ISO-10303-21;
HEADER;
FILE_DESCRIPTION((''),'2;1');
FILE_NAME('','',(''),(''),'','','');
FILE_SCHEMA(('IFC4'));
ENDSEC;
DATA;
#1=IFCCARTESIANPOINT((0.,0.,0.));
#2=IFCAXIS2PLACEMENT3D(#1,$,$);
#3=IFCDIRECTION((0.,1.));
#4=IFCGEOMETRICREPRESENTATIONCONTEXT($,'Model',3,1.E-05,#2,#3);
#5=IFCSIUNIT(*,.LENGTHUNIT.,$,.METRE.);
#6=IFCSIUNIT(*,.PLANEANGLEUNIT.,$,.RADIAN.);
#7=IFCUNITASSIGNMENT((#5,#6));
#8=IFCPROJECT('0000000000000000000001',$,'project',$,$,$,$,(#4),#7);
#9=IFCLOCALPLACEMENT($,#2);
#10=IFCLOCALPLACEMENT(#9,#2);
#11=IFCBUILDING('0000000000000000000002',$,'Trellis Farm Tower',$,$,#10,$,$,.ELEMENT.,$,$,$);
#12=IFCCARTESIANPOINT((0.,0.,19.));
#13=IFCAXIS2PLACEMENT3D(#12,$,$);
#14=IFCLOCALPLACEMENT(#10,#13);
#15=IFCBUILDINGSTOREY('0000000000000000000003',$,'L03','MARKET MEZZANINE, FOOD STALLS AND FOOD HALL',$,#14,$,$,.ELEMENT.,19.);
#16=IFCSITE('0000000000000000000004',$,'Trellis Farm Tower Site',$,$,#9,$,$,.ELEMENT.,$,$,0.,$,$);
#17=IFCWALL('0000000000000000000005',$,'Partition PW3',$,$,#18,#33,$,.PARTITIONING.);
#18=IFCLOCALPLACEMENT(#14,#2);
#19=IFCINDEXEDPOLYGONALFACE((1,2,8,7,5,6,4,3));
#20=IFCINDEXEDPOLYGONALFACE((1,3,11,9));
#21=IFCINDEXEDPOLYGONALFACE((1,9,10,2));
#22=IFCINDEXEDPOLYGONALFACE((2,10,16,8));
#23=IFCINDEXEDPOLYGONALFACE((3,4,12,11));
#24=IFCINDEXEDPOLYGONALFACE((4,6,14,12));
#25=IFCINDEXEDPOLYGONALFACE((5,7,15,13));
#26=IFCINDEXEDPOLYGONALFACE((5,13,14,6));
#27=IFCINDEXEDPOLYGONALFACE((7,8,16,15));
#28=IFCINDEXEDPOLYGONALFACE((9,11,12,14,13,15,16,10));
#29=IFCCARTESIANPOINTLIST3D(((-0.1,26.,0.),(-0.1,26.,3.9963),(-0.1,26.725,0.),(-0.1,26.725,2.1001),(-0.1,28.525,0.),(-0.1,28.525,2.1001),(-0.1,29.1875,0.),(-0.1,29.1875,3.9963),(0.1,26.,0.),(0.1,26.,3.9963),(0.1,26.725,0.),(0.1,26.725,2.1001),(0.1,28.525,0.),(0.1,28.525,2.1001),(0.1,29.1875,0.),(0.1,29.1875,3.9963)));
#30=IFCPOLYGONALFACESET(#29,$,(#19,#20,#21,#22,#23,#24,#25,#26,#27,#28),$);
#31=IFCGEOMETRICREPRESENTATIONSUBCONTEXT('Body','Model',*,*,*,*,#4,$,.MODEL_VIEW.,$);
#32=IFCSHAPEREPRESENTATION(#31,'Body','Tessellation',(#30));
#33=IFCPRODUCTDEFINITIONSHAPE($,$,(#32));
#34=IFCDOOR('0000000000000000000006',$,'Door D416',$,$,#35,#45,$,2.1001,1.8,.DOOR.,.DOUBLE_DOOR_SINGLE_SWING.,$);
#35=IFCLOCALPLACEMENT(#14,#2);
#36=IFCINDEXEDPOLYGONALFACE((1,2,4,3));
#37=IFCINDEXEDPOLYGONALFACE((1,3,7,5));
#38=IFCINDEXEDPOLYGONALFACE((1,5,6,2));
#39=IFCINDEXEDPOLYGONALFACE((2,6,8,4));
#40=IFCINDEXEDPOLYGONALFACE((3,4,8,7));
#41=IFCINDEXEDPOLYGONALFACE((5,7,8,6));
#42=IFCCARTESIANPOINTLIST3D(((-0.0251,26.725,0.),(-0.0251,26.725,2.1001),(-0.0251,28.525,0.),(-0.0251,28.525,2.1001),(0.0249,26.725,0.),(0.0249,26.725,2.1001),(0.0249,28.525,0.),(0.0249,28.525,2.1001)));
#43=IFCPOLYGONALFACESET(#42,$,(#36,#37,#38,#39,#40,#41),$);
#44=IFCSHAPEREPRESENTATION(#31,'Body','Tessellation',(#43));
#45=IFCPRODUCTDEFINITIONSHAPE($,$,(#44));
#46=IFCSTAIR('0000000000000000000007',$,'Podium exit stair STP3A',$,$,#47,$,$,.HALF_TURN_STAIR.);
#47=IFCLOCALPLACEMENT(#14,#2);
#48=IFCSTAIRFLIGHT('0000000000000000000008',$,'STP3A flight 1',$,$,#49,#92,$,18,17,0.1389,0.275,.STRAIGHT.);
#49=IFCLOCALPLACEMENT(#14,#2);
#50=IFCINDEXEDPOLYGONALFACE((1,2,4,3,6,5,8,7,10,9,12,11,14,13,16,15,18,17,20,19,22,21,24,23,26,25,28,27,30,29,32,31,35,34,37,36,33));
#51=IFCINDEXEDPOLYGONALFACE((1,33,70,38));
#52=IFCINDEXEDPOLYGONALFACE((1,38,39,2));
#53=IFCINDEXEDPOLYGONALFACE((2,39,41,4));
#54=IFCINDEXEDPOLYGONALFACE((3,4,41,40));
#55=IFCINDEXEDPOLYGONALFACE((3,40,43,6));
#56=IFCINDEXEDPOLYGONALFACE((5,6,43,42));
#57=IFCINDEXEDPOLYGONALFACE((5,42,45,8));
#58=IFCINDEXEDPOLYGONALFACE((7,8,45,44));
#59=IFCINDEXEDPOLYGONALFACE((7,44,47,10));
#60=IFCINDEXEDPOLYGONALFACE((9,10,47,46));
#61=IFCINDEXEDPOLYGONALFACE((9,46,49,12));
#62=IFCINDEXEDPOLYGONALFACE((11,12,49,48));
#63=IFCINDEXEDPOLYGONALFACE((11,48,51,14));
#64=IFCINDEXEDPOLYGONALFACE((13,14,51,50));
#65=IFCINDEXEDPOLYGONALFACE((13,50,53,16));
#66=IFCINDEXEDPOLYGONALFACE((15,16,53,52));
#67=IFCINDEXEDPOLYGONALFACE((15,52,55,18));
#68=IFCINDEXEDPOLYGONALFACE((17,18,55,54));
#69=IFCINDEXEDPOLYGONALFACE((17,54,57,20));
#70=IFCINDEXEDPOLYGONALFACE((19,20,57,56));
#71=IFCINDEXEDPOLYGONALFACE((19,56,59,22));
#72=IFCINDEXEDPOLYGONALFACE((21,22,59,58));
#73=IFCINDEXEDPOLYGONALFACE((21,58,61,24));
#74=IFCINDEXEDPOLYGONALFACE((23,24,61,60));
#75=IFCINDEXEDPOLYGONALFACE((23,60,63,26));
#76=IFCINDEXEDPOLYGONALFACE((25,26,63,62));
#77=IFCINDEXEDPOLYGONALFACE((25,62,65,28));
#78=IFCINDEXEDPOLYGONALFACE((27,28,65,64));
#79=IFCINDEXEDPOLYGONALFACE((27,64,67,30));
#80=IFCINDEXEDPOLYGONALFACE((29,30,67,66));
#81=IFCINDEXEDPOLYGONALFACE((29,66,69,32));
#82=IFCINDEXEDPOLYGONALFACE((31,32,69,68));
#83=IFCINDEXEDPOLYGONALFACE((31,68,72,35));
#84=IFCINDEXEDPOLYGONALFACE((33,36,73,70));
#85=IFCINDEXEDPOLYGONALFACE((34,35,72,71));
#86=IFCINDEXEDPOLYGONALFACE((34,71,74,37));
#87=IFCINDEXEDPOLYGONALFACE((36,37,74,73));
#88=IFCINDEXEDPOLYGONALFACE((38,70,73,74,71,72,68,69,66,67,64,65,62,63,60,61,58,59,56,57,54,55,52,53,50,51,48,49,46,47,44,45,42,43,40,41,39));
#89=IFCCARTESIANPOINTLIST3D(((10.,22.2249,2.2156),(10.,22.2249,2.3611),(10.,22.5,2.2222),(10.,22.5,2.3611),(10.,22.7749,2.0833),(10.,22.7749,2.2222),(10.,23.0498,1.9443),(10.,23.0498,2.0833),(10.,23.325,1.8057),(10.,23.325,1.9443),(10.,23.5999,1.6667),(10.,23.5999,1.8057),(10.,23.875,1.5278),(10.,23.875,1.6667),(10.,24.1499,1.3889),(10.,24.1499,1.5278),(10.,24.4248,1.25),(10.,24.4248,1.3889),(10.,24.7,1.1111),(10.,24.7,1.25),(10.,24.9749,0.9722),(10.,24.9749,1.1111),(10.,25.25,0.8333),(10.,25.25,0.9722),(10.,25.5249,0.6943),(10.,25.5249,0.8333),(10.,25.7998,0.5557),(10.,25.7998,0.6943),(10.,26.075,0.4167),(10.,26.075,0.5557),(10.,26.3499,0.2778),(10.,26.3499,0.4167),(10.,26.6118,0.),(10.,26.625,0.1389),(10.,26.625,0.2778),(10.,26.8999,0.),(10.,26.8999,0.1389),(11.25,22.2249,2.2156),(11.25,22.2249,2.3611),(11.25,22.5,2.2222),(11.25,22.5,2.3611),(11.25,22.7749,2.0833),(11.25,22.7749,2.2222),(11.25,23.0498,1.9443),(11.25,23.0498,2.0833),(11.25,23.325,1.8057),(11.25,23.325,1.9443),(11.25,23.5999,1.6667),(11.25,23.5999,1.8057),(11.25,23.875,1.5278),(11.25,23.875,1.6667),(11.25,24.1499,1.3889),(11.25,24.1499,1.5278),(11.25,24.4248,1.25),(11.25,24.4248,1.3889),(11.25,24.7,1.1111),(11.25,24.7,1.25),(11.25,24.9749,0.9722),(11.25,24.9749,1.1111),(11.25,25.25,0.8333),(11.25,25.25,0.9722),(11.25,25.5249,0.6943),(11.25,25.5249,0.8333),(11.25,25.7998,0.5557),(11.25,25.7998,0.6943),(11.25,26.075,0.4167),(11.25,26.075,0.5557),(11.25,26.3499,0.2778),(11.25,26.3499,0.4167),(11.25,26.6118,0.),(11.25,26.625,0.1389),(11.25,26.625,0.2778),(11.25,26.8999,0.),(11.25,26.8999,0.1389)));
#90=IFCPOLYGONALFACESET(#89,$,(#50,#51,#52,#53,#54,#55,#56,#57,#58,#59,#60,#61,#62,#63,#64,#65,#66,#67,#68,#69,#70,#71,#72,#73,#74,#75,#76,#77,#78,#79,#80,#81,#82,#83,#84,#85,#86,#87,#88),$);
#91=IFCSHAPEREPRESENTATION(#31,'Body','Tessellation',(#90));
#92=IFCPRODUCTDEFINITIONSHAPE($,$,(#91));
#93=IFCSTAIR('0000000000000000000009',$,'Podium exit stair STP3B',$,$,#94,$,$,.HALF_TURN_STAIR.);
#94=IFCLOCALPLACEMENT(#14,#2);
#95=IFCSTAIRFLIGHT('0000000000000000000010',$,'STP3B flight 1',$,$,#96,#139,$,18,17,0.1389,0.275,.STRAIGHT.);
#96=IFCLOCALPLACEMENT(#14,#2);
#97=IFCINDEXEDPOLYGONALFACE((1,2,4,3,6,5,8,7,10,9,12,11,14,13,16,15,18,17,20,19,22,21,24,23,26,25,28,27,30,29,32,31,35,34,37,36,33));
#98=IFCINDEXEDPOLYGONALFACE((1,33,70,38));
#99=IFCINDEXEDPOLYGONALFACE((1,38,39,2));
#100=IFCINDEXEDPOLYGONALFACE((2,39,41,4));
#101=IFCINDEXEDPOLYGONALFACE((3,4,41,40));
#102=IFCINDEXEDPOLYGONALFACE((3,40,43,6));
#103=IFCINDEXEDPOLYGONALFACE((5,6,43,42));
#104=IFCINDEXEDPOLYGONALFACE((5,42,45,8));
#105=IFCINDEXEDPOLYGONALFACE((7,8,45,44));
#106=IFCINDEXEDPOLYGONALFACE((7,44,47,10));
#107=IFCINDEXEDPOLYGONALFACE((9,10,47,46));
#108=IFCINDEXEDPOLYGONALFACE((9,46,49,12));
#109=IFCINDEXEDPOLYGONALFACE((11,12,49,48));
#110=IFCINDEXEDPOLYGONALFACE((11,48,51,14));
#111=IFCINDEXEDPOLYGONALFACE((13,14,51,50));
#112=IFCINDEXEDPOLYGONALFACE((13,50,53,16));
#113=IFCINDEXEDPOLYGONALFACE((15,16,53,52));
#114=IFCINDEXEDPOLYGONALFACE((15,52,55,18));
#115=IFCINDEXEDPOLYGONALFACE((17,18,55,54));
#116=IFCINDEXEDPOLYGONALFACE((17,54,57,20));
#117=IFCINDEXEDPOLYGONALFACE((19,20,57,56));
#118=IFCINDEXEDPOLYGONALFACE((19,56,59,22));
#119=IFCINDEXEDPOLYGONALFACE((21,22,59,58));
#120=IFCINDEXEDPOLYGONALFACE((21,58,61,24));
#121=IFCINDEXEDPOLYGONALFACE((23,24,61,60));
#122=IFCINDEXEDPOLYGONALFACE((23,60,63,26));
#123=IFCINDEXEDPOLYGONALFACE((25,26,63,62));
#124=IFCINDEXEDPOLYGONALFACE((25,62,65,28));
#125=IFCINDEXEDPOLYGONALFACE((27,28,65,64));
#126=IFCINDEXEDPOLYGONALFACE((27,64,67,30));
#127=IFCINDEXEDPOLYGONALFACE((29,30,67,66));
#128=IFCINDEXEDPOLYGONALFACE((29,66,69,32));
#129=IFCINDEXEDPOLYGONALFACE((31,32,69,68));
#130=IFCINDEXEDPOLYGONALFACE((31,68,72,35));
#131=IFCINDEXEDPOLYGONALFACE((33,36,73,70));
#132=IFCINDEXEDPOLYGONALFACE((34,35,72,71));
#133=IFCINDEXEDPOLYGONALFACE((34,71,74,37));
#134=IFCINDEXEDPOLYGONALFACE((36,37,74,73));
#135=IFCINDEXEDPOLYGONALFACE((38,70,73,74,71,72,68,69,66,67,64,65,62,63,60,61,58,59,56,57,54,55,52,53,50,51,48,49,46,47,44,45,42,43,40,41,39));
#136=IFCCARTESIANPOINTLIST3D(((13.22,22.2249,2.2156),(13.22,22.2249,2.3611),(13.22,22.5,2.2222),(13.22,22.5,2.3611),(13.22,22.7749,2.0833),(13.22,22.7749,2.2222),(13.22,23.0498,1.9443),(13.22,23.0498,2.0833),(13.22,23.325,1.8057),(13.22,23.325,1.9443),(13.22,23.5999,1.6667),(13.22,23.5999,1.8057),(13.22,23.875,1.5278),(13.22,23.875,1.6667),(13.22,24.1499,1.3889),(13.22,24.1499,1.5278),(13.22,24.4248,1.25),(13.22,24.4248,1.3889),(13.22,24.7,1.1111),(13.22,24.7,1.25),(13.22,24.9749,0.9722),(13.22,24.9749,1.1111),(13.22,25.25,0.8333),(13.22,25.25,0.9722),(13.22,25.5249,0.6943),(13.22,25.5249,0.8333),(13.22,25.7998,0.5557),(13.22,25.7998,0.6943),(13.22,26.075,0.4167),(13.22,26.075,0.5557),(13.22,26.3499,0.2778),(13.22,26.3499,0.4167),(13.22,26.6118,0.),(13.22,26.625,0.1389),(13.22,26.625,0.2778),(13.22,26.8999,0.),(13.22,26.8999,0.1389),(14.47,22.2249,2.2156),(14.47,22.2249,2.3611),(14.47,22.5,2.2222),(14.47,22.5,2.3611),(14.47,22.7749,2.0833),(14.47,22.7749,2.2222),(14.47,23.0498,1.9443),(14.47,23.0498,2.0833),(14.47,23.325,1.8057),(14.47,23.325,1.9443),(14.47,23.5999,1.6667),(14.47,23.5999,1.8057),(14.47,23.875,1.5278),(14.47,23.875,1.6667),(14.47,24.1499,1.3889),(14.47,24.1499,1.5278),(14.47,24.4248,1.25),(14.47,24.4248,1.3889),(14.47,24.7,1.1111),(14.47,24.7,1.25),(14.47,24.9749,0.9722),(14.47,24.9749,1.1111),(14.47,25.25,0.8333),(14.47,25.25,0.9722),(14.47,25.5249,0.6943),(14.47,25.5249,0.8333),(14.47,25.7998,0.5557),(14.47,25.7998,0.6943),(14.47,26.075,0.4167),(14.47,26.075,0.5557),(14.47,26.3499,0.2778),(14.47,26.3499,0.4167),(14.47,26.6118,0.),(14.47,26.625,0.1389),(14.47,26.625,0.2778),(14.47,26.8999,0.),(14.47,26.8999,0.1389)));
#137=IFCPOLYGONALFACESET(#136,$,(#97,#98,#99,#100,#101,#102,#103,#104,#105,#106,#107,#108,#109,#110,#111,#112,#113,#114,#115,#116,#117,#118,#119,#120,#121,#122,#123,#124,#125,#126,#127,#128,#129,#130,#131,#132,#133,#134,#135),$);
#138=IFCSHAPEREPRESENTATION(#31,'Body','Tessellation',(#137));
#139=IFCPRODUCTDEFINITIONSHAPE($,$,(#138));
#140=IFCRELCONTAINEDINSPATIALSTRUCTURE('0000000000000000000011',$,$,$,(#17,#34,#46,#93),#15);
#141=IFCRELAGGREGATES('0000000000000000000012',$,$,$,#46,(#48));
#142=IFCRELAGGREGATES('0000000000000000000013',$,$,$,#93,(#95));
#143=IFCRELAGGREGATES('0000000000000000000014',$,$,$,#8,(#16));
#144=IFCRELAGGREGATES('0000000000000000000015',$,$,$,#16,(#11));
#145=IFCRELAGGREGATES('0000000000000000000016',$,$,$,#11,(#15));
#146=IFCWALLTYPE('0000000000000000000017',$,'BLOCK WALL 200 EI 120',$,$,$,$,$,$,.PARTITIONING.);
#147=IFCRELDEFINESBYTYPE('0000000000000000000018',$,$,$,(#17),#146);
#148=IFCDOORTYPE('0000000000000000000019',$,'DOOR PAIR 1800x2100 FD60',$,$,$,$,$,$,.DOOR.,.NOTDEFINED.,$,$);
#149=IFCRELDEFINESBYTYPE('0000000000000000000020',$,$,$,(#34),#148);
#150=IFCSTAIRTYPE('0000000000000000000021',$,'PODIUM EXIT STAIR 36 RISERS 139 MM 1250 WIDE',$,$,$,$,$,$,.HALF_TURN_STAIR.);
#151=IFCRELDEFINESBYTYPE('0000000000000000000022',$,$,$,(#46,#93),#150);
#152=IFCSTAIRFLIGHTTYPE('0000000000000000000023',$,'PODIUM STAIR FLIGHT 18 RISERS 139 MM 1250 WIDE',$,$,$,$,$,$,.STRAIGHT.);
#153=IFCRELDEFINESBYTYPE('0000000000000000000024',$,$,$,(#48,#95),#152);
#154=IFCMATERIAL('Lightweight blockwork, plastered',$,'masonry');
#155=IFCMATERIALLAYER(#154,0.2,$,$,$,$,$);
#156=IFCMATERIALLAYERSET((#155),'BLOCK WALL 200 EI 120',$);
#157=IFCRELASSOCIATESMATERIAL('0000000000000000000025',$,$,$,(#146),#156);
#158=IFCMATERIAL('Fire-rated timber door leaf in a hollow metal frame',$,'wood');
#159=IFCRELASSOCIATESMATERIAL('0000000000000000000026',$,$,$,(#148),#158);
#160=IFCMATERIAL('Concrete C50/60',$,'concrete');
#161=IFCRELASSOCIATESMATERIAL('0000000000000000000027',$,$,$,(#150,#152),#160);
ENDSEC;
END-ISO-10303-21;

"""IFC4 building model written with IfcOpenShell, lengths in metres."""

from ifc_helpers import new_model, si_unit, direction, frame, frame_2d, origin, place, context, subcontext, project, spatial, polyline, rectangle, outline, extrude, source, transform, mapped, material, layer, layer_set, type_object, element, fill, aggregate, save


model = new_model("IFC4")

# Units and contexts
model_context = context("Model", 3, precision=1e-05, world=origin(), true_north=direction((0.0, 1.0)))
body_context = subcontext(model_context, "Body", "Model", "MODEL_VIEW")
ifc_project = project(units=[si_unit("LENGTHUNIT", "METRE"), si_unit("PLANEANGLEUNIT", "RADIAN")], contexts=[model_context])

# Site, building, storey
site_placement = place(None, origin())
site = spatial("IfcSite", under=ifc_project, at=site_placement, Name="Trellis Farm Tower Site", CompositionType="ELEMENT", RefElevation=0.0)
building_placement = place(site_placement, origin())
building = spatial("IfcBuilding", under=site, at=building_placement, Name="Trellis Farm Tower", CompositionType="ELEMENT")
storey_placement = place(building_placement, frame((0.0, 0.0, 19.0)))
storey = spatial("IfcBuildingStorey", under=building, at=storey_placement, Name="L03", Description="MARKET MEZZANINE, FOOD STALLS AND FOOD HALL", CompositionType="ELEMENT", Elevation=19.0)

# Shared definitions
shared_shape_1 = source(origin(), body_context, "Body", "SweptSolid", [
    extrude(rectangle(XDim=1.8, YDim=2.1001, at=frame_2d((0.8999, 1.05))), frame((0.0, 0.0249, 0.0), z_axis=(0.0, -1.0, 0.0), x_axis=(1.0, 0.0, 0.0)), (0.0, 0.0, 1.0), 0.05),
])

# Shared definitions
ifc_material_1 = material(Name="Lightweight blockwork, plastered", Category="masonry")
ifc_layer_1 = layer(ifc_material_1, 0.2)
ifc_layer_set_1 = layer_set([ifc_layer_1], Name="BLOCK WALL 200 EI 120")
wall_type_1 = type_object("IfcWallType", Name="BLOCK WALL 200 EI 120", PredefinedType="PARTITIONING", material=ifc_layer_set_1)

# Shared definitions
shared_shape_2 = source(origin(), body_context, "Body", "SweptSolid", [
    extrude(rectangle(XDim=1.8, YDim=2.1001, at=frame_2d((0.8999, 1.05))), frame((0.0, 0.1101, 0.0), z_axis=(0.0, -1.0, 0.0), x_axis=(1.0, 0.0, 0.0)), (0.0, 0.0, 1.0), 0.2202),
])
ifc_material_2 = material(Name="Fire-rated timber door leaf in a hollow metal frame", Category="wood")

# Wall, opening, door
shared_shape_3 = source(origin(), body_context, "Body", "SweptSolid", [
    extrude(rectangle(XDim=3.1875, YDim=0.2, at=frame_2d((1.5938, 0.0))), origin(), (0.0, 0.0, 1.0), 3.9963),
])
wall_1_placement = place(storey_placement, frame((0.0, 29.1875, 0.0), z_axis=(0.0, 0.0, 1.0), x_axis=(0.0, -1.0, 0.0)))
wall_1 = element("IfcWall", 1, at=wall_1_placement, inside=storey, type_object=wall_type_1, Name="Partition PW3", PredefinedType="PARTITIONING", context=body_context, shape_type="MappedRepresentation", body=[
    mapped(shared_shape_3, transform((0.0, 0.0, 0.0))),
])
opening_1_placement = place(wall_1_placement, frame((0.6626, 0.0, 0.0)))
opening_1 = element("IfcOpeningElement", 2, at=opening_1_placement, cuts=wall_1, PredefinedType="OPENING", context=body_context, shape_type="MappedRepresentation", body=[
    mapped(shared_shape_2, transform((0.0, 0.0, 0.0))),
])
door_type_1 = type_object("IfcDoorType", Name="DOOR PAIR 1800x2100 FD60", OperationType="NOTDEFINED", PredefinedType="DOOR", material=ifc_material_2)
door_1_placement = place(opening_1_placement, origin())
door_1 = element("IfcDoor", 3, at=door_1_placement, inside=storey, type_object=door_type_1, Name="Door D416", OperationType="DOUBLE_DOOR_SINGLE_SWING", OverallHeight=2.1001, OverallWidth=1.8, PredefinedType="DOOR", context=body_context, shape_type="MappedRepresentation", body=[
    mapped(shared_shape_1, transform((0.0, 0.0, 0.0))),
])
fill(opening_1, door_1)

# Stairs, stair flights
ifc_material_3 = material(Name="Concrete C50/60", Category="concrete")
stair_type = type_object("IfcStairType", Name="PODIUM EXIT STAIR 36 RISERS 139 MM 1250 WIDE", PredefinedType="HALF_TURN_STAIR", material=ifc_material_3)
placement = place(storey_placement, origin())
stair_1 = element("IfcStair", 4, at=placement, inside=storey, type_object=stair_type, Name="Podium exit stair STP3A", PredefinedType="HALF_TURN_STAIR")
stair_flight_type = type_object("IfcStairFlightType", Name="PODIUM STAIR FLIGHT 18 RISERS 139 MM 1250 WIDE", PredefinedType="STRAIGHT", material=ifc_material_3)
shared_shape_4 = source(origin(), body_context, "Body", "SweptSolid", [
    extrude(outline(polyline([(0.0, 0.0), (0.0, 0.1389), (0.2749, 0.1389), (0.2749, 0.2778), (0.55, 0.2778), (0.55, 0.4167), (0.825, 0.4167), (0.825, 0.5557), (1.1001, 0.5557), (1.1001, 0.6943), (1.375, 0.6943), (1.375, 0.8333), (1.6499, 0.8333), (1.6499, 0.9722), (1.925, 0.9722), (1.925, 1.1111), (2.2, 1.1111), (2.2, 1.25), (2.4751, 1.25), (2.4751, 1.3889), (2.75, 1.3889), (2.75, 1.5278), (3.0249, 1.5278), (3.0249, 1.6667), (3.3, 1.6667), (3.3, 1.8057), (3.575, 1.8057), (3.575, 1.9443), (3.8501, 1.9443), (3.8501, 2.0833), (4.125, 2.0833), (4.125, 2.2222), (4.3999, 2.2222), (4.3999, 2.3611), (4.675, 2.3611), (4.675, 2.5), (4.675, 2.2156), (0.2881, 0.0), (0.0, 0.0)])), frame((0.0, 0.625, 0.0), z_axis=(0.0, -1.0, 0.0), x_axis=(1.0, 0.0, 0.0)), (0.0, 0.0, 1.0), 1.25),
])
stair_flight_1_placement = place(storey_placement, frame((10.625, 26.8999, 0.0), z_axis=(0.0, 0.0, 1.0), x_axis=(0.0, -1.0, 0.0)))
stair_flight_1 = element("IfcStairFlight", 5, at=stair_flight_1_placement, type_object=stair_flight_type, Name="STP3A flight 1", NumberOfRisers=18, NumberOfTreads=17, PredefinedType="STRAIGHT", RiserHeight=0.1389, TreadLength=0.275, context=body_context, shape_type="MappedRepresentation", body=[
    mapped(shared_shape_4, transform((0.0, 0.0, 0.0))),
])
aggregate(stair_1, [stair_flight_1])
stair_2 = element("IfcStair", 6, at=placement, inside=storey, type_object=stair_type, Name="Podium exit stair STP3B", PredefinedType="HALF_TURN_STAIR")
stair_flight_2_placement = place(storey_placement, frame((13.845, 26.8999, 0.0), z_axis=(0.0, 0.0, 1.0), x_axis=(0.0, -1.0, 0.0)))
stair_flight_2 = element("IfcStairFlight", 7, at=stair_flight_2_placement, type_object=stair_flight_type, Name="STP3B flight 1", NumberOfRisers=18, NumberOfTreads=17, PredefinedType="STRAIGHT", RiserHeight=0.1389, TreadLength=0.275, context=body_context, shape_type="MappedRepresentation", body=[
    mapped(shared_shape_4, transform((0.0, 0.0, 0.0))),
])
aggregate(stair_2, [stair_flight_2])

save(model, "model.ifc")
